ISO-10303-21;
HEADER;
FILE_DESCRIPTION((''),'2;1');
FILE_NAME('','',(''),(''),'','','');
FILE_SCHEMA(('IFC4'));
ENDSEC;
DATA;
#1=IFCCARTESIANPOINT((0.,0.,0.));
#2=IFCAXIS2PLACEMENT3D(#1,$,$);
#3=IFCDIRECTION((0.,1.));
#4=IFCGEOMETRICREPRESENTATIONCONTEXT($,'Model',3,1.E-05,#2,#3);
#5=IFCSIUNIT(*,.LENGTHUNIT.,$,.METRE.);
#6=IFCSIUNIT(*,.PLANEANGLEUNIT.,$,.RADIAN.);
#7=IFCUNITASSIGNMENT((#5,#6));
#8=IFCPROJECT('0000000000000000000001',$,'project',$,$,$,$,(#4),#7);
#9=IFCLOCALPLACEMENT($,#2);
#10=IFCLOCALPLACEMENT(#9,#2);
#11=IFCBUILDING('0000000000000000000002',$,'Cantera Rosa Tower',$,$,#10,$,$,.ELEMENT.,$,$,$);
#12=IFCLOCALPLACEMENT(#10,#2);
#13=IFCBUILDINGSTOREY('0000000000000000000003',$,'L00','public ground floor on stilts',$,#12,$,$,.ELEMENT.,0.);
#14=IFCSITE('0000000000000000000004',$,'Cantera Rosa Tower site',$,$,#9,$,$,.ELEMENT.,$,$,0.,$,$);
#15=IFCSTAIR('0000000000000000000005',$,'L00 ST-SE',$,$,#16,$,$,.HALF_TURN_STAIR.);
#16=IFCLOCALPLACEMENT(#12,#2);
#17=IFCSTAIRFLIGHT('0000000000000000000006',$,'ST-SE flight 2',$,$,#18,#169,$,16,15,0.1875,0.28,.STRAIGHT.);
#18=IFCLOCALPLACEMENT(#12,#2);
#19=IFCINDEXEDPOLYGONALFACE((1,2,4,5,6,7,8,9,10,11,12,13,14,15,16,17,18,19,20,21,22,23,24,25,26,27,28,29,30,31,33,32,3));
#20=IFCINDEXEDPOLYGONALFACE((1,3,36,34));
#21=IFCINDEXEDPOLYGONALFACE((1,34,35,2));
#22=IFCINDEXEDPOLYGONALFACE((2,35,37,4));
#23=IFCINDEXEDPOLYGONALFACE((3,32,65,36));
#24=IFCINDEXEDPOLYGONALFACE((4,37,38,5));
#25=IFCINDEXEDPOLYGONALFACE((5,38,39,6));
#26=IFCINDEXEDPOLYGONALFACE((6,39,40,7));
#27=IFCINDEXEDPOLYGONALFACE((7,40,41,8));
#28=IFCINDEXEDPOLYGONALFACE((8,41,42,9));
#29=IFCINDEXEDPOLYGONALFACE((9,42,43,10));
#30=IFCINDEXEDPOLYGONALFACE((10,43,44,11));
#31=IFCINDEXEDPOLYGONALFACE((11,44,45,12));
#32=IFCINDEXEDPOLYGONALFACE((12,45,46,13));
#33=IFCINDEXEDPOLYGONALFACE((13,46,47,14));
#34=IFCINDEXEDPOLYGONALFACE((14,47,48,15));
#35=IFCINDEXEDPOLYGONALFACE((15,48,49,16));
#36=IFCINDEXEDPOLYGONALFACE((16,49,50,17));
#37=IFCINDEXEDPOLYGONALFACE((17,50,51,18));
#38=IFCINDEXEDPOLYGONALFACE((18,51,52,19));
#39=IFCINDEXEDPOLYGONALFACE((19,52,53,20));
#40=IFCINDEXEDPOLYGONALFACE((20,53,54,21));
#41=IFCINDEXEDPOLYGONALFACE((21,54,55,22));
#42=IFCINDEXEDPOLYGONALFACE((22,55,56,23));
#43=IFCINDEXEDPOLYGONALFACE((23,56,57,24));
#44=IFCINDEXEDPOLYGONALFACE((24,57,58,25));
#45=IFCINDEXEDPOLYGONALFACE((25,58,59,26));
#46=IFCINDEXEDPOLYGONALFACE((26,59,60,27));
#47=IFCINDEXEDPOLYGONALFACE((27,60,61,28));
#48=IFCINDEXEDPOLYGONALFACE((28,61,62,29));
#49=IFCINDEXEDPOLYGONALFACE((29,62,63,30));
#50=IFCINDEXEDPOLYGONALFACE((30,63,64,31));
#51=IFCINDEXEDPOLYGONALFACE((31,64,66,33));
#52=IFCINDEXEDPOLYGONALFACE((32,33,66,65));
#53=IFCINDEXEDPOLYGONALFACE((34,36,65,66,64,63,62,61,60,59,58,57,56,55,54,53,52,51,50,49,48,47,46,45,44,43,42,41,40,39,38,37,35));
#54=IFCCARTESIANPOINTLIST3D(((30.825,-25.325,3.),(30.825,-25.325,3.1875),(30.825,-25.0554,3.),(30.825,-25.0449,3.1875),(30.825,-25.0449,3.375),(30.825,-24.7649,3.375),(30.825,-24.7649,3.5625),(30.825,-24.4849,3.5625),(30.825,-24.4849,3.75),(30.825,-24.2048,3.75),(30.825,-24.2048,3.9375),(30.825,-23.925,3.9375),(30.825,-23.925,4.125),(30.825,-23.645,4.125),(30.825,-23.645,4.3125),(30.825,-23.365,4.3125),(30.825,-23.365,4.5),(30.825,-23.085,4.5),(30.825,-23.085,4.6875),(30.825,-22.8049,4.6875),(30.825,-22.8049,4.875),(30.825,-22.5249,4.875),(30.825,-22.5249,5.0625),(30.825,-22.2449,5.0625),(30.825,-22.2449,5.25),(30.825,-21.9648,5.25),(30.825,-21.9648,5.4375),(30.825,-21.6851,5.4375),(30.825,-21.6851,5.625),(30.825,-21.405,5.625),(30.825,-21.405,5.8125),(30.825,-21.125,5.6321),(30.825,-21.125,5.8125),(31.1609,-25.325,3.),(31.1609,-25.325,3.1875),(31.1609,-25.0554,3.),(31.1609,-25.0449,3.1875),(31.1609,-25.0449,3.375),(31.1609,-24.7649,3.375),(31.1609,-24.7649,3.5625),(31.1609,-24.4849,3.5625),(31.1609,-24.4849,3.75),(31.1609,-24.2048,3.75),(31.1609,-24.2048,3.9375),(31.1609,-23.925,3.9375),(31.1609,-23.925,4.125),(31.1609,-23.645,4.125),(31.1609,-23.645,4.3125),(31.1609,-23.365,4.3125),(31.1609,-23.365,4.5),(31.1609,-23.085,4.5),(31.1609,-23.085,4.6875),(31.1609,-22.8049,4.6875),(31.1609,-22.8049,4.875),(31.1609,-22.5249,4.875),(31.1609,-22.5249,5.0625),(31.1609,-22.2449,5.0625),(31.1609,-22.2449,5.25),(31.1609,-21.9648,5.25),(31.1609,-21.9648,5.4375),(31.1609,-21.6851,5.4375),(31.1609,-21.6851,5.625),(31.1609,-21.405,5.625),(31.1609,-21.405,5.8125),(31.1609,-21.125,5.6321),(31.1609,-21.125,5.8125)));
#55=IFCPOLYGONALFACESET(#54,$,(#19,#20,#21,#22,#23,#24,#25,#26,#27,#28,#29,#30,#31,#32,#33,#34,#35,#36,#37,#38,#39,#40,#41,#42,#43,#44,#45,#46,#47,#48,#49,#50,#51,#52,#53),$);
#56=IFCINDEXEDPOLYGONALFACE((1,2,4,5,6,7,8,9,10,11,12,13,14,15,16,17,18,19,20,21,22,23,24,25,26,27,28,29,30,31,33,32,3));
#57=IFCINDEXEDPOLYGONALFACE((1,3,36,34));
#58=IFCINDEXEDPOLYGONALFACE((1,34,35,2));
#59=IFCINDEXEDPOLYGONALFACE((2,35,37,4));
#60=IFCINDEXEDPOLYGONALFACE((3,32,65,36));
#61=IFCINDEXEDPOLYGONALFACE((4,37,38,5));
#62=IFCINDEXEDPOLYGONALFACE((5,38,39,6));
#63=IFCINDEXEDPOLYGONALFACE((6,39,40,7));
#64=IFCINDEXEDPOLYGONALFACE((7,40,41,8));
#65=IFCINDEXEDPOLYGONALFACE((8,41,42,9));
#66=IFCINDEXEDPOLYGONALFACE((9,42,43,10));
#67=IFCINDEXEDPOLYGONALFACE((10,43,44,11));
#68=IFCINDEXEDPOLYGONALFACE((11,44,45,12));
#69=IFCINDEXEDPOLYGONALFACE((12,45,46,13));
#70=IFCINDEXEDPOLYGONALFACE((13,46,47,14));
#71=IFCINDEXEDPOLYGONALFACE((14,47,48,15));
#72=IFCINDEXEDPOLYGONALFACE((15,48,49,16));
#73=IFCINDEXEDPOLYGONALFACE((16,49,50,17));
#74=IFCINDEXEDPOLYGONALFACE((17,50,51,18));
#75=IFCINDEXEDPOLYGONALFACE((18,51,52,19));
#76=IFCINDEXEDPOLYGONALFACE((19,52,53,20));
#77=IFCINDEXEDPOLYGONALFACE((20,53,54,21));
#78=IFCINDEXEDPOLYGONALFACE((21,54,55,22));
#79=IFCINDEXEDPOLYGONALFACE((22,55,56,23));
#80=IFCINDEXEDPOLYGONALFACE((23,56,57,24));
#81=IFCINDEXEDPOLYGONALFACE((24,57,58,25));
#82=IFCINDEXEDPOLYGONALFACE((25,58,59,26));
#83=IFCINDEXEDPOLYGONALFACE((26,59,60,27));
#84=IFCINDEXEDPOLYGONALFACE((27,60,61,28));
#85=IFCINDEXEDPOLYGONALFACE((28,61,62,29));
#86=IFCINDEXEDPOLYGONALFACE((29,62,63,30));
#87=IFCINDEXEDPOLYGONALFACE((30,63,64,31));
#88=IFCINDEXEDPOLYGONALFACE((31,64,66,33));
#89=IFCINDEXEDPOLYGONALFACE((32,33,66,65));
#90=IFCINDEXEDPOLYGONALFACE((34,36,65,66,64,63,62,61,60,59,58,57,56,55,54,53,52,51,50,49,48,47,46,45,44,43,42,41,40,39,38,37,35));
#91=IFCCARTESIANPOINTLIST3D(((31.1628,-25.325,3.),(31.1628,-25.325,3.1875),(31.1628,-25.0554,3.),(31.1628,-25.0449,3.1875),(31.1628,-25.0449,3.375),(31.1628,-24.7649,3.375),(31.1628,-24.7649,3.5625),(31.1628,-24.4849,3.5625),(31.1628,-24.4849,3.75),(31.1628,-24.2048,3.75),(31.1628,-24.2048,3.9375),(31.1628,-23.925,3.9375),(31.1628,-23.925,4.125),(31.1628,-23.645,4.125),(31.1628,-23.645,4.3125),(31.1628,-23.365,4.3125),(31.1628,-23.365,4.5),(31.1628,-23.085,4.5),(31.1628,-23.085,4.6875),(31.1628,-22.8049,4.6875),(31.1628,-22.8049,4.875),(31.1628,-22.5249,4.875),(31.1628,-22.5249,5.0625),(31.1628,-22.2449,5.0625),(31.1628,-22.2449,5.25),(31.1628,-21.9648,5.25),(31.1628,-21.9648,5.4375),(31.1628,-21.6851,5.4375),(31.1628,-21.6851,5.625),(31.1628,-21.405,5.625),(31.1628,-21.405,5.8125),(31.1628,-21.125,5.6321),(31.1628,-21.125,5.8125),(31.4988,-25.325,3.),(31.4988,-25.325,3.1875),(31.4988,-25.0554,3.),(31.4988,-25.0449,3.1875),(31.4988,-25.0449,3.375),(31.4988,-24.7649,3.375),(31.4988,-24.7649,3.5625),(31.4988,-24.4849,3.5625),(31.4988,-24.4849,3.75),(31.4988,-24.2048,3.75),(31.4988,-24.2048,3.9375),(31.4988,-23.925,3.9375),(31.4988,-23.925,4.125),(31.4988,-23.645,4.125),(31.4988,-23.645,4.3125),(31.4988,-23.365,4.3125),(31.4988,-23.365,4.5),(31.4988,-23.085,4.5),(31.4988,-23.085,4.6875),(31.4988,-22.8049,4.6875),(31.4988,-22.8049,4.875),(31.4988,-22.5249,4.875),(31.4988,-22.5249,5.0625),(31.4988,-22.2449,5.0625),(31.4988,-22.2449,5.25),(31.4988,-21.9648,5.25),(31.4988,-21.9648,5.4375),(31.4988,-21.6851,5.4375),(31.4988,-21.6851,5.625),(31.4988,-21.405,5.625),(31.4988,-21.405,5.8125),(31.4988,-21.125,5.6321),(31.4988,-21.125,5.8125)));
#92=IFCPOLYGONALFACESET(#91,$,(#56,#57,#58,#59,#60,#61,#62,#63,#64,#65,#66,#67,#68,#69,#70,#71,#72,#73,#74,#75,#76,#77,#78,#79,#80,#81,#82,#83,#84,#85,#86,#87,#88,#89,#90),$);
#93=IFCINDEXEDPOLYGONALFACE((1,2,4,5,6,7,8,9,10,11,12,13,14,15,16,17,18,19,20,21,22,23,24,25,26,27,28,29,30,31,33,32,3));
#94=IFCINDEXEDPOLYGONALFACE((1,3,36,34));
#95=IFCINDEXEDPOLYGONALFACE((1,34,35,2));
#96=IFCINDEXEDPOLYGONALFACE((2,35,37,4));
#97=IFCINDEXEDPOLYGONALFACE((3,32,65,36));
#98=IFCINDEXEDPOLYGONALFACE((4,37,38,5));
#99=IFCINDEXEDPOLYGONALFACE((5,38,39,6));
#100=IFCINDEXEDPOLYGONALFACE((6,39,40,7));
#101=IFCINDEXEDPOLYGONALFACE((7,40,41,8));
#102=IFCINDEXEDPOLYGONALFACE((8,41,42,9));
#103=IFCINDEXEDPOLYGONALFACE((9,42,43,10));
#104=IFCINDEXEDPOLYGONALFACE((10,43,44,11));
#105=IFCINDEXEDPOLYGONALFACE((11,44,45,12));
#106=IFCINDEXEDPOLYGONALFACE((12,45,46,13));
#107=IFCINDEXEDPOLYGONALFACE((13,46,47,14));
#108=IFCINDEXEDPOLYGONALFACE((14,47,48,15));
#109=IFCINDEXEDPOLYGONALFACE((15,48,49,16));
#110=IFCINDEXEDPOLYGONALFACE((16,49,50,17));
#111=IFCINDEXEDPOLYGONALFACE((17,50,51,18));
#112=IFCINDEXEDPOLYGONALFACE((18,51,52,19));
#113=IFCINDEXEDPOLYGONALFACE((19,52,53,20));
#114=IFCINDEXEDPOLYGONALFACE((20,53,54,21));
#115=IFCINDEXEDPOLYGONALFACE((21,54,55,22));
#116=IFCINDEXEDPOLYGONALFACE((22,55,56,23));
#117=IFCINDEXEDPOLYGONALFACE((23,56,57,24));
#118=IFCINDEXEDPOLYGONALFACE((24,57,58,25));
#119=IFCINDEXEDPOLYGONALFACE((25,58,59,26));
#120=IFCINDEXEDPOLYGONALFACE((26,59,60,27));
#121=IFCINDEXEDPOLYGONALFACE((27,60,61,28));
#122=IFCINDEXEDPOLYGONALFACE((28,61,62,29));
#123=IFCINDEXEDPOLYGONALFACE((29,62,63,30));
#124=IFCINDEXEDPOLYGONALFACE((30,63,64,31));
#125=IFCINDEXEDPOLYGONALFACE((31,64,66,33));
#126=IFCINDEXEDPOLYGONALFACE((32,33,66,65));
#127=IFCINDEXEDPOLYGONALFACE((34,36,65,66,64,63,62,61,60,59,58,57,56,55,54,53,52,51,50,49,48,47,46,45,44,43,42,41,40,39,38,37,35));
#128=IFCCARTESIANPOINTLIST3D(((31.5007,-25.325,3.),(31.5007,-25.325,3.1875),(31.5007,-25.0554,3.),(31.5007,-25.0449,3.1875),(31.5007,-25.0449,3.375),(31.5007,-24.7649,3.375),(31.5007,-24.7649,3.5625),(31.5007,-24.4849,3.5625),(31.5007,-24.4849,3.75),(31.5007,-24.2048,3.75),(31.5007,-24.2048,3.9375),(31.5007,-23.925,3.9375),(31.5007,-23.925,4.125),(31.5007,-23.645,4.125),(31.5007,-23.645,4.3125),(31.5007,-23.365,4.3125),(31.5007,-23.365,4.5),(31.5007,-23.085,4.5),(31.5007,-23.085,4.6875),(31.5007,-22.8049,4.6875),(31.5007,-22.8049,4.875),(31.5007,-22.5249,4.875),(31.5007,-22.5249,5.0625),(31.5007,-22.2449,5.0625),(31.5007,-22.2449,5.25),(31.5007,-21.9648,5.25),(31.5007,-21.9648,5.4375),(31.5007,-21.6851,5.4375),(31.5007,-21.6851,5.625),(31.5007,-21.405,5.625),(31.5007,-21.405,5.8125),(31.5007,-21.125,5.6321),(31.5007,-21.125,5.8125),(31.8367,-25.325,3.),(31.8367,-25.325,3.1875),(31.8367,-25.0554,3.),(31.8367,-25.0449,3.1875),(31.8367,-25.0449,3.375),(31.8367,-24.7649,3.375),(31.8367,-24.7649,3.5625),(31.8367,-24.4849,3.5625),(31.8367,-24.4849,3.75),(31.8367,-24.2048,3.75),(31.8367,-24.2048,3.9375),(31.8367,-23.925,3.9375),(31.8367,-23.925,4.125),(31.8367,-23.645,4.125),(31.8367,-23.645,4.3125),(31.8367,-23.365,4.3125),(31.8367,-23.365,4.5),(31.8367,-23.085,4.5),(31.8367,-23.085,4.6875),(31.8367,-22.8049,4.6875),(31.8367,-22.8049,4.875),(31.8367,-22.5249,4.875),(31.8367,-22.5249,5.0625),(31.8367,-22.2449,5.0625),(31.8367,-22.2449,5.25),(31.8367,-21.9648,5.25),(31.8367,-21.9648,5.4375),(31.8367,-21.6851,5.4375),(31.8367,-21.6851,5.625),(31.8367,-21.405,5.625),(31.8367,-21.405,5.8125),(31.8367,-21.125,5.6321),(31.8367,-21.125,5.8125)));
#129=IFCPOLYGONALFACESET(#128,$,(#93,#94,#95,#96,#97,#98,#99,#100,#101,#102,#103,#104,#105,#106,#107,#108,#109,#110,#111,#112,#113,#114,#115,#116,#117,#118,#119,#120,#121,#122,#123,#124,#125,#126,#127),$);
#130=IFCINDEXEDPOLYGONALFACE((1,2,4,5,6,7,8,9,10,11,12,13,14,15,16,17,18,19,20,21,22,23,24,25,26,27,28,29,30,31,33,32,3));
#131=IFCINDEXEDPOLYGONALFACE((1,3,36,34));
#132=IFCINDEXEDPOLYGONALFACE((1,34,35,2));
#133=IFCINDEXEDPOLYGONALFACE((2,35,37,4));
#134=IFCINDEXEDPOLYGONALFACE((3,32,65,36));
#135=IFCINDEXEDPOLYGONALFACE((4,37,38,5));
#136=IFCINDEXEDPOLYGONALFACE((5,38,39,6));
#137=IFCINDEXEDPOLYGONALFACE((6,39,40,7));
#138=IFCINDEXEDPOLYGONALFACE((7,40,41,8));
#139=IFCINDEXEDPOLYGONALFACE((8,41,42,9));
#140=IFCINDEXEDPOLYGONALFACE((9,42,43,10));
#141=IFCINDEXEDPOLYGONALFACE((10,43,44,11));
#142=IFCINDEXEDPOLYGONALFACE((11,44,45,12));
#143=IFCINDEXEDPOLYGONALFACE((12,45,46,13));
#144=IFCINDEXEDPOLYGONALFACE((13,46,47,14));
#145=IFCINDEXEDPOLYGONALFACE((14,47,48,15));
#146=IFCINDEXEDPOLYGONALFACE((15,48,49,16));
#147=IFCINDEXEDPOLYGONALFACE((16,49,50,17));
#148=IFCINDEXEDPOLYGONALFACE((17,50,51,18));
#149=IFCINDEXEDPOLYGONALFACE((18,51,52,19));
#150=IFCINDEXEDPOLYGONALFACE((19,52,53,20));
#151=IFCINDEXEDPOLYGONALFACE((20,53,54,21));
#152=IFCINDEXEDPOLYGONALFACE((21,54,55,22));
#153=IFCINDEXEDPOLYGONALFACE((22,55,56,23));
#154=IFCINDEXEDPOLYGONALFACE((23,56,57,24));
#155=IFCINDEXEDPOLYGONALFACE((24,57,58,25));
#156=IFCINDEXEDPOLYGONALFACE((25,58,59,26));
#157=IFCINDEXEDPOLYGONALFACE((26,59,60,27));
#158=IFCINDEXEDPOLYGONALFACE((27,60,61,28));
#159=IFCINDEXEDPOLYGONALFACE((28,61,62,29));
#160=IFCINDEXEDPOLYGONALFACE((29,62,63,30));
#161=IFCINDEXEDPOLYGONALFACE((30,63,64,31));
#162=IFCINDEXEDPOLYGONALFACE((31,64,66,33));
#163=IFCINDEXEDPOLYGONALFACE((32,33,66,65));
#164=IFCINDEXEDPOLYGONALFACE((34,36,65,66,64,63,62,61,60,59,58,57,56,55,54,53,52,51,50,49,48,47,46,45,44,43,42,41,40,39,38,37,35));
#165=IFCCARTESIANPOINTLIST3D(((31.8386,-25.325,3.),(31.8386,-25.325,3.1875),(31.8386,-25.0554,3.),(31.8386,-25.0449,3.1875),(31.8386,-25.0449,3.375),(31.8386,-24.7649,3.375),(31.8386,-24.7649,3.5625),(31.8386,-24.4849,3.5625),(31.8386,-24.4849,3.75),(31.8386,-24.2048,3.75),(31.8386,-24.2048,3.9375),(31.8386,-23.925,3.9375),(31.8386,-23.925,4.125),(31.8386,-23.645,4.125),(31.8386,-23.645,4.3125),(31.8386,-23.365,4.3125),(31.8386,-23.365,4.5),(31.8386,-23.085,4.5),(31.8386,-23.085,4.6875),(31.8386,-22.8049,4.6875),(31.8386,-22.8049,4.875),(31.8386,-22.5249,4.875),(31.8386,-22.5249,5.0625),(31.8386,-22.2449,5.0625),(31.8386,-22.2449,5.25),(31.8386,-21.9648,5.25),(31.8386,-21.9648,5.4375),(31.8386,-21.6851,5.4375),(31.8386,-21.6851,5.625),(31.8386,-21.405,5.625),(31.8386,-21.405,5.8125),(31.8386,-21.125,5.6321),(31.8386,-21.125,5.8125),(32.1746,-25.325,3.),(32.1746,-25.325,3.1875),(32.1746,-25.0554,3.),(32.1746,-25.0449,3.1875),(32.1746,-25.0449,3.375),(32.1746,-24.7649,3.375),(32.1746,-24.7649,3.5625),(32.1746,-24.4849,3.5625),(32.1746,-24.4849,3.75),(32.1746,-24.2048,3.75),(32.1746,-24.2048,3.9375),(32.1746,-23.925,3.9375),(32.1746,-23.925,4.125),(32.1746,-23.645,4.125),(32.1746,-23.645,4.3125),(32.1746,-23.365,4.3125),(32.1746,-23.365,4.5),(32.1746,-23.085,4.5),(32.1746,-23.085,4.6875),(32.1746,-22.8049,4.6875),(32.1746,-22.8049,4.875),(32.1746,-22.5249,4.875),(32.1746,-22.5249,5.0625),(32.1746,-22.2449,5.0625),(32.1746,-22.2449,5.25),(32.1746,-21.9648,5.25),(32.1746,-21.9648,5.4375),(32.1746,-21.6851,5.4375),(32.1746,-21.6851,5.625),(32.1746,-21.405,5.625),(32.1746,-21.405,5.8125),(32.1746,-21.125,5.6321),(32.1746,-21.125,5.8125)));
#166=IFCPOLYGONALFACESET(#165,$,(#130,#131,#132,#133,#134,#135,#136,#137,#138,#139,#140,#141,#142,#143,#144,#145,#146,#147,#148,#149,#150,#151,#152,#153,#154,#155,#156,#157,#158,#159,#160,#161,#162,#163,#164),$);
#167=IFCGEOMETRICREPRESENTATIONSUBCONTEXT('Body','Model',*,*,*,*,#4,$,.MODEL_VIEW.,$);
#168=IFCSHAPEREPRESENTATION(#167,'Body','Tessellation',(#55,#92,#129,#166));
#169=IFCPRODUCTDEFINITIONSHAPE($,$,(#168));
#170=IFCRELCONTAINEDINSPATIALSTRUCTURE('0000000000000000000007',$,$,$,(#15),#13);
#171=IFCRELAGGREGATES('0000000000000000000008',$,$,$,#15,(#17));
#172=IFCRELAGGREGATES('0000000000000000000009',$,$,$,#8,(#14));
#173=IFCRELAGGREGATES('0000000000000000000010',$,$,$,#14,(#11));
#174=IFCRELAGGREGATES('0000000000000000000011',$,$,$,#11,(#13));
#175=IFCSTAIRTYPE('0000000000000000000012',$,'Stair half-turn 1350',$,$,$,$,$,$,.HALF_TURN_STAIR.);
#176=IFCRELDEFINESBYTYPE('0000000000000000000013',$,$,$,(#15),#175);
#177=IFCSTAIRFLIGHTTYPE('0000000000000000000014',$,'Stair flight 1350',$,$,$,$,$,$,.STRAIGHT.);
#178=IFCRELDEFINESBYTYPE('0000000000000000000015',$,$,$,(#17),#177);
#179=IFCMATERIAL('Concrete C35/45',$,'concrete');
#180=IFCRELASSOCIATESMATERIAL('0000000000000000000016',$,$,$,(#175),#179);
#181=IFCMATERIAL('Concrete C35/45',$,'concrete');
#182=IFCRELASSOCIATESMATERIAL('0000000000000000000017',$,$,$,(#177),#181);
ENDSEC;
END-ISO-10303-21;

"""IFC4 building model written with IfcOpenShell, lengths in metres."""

from ifc_helpers import new_model, si_unit, direction, frame, origin, place, context, subcontext, project, spatial, polyline, outline, extrude, material, type_object, element, aggregate, save


model = new_model("IFC4")

# Units and contexts
model_context = context("Model", 3, precision=1e-05, world=origin(), true_north=direction((0.0, 1.0)))
body_context = subcontext(model_context, "Body", "Model", "MODEL_VIEW")
ifc_project = project(units=[si_unit("LENGTHUNIT", "METRE"), si_unit("PLANEANGLEUNIT", "RADIAN")], contexts=[model_context])

# Site, building, storey
site_placement = place(None, origin())
site = spatial("IfcSite", under=ifc_project, at=site_placement, Name="Cantera Rosa Tower site", CompositionType="ELEMENT", RefElevation=0.0)
building_placement = place(site_placement, origin())
building = spatial("IfcBuilding", under=site, at=building_placement, Name="Cantera Rosa Tower", CompositionType="ELEMENT")
storey_placement = place(building_placement, origin())
storey = spatial("IfcBuildingStorey", under=building, at=storey_placement, Name="L00", Description="public ground floor on stilts", CompositionType="ELEMENT", Elevation=0.0)

# Stair, stair flight
ifc_material_1 = material(Name="Concrete C35/45", Category="concrete")
stair_type = type_object("IfcStairType", Name="Stair half-turn 1350", PredefinedType="HALF_TURN_STAIR", material=ifc_material_1)
stair_placement = place(storey_placement, origin())
stair = element("IfcStair", 1, at=stair_placement, inside=storey, type_object=stair_type, Name="L00 ST-SE", PredefinedType="HALF_TURN_STAIR")
ifc_material_2 = material(Name="Concrete C35/45", Category="concrete")
stair_flight_type = type_object("IfcStairFlightType", Name="Stair flight 1350", PredefinedType="STRAIGHT", material=ifc_material_2)
stair_flight_1_placement = place(storey_placement, frame((31.5, -25.325, 3.0), z_axis=(0.0, 0.0, 1.0), x_axis=(0.0, 1.0, 0.0)))
stair_flight_1 = element("IfcStairFlight", 2, at=stair_flight_1_placement, type_object=stair_flight_type, Name="ST-SE flight 2", NumberOfRisers=16, NumberOfTreads=15, PredefinedType="STRAIGHT", RiserHeight=0.1875, TreadLength=0.28, context=body_context, shape_type="SweptSolid", body=[
    extrude(outline(polyline([(0.0, 0.0), (0.0, 0.1875), (0.28, 0.1875), (0.28, 0.375), (0.5601, 0.375), (0.5601, 0.5625), (0.8401, 0.5625), (0.8401, 0.75), (1.1201, 0.75), (1.1201, 0.9375), (1.3999, 0.9375), (1.3999, 1.125), (1.6799, 1.125), (1.6799, 1.3125), (1.96, 1.3125), (1.96, 1.5), (2.24, 1.5), (2.24, 1.6875), (2.52, 1.6875), (2.52, 1.875), (2.8, 1.875), (2.8, 2.0625), (3.0801, 2.0625), (3.0801, 2.25), (3.3601, 2.25), (3.3601, 2.4375), (3.6399, 2.4375), (3.6399, 2.625), (3.9199, 2.625), (3.9199, 2.8125), (4.2, 2.8125), (4.2, 3.0), (4.2, 2.6321), (0.2695, 0.0), (0.0, 0.0)])), frame((0.0, 0.675, 0.0), z_axis=(0.0, -1.0, 0.0), x_axis=(1.0, 0.0, 0.0)), (0.0, 0.0, 1.0), 0.3359),
    extrude(outline(polyline([(0.0, 0.0), (0.0, 0.1875), (0.28, 0.1875), (0.28, 0.375), (0.5601, 0.375), (0.5601, 0.5625), (0.8401, 0.5625), (0.8401, 0.75), (1.1201, 0.75), (1.1201, 0.9375), (1.3999, 0.9375), (1.3999, 1.125), (1.6799, 1.125), (1.6799, 1.3125), (1.96, 1.3125), (1.96, 1.5), (2.24, 1.5), (2.24, 1.6875), (2.52, 1.6875), (2.52, 1.875), (2.8, 1.875), (2.8, 2.0625), (3.0801, 2.0625), (3.0801, 2.25), (3.3601, 2.25), (3.3601, 2.4375), (3.6399, 2.4375), (3.6399, 2.625), (3.9199, 2.625), (3.9199, 2.8125), (4.2, 2.8125), (4.2, 3.0), (4.2, 2.6321), (0.2695, 0.0), (0.0, 0.0)])), frame((0.0, 0.3372, 0.0), z_axis=(0.0, -1.0, 0.0), x_axis=(1.0, 0.0, 0.0)), (0.0, 0.0, 1.0), 0.3359),
    extrude(outline(polyline([(0.0, 0.0), (0.0, 0.1875), (0.28, 0.1875), (0.28, 0.375), (0.5601, 0.375), (0.5601, 0.5625), (0.8401, 0.5625), (0.8401, 0.75), (1.1201, 0.75), (1.1201, 0.9375), (1.3999, 0.9375), (1.3999, 1.125), (1.6799, 1.125), (1.6799, 1.3125), (1.96, 1.3125), (1.96, 1.5), (2.24, 1.5), (2.24, 1.6875), (2.52, 1.6875), (2.52, 1.875), (2.8, 1.875), (2.8, 2.0625), (3.0801, 2.0625), (3.0801, 2.25), (3.3601, 2.25), (3.3601, 2.4375), (3.6399, 2.4375), (3.6399, 2.625), (3.9199, 2.625), (3.9199, 2.8125), (4.2, 2.8125), (4.2, 3.0), (4.2, 2.6321), (0.2695, 0.0), (0.0, 0.0)])), frame((0.0, -0.0007, 0.0), z_axis=(0.0, -1.0, 0.0), x_axis=(1.0, 0.0, 0.0)), (0.0, 0.0, 1.0), 0.3359),
    extrude(outline(polyline([(0.0, 0.0), (0.0, 0.1875), (0.28, 0.1875), (0.28, 0.375), (0.5601, 0.375), (0.5601, 0.5625), (0.8401, 0.5625), (0.8401, 0.75), (1.1201, 0.75), (1.1201, 0.9375), (1.3999, 0.9375), (1.3999, 1.125), (1.6799, 1.125), (1.6799, 1.3125), (1.96, 1.3125), (1.96, 1.5), (2.24, 1.5), (2.24, 1.6875), (2.52, 1.6875), (2.52, 1.875), (2.8, 1.875), (2.8, 2.0625), (3.0801, 2.0625), (3.0801, 2.25), (3.3601, 2.25), (3.3601, 2.4375), (3.6399, 2.4375), (3.6399, 2.625), (3.9199, 2.625), (3.9199, 2.8125), (4.2, 2.8125), (4.2, 3.0), (4.2, 2.6321), (0.2695, 0.0), (0.0, 0.0)])), frame((0.0, -0.3386, 0.0), z_axis=(0.0, -1.0, 0.0), x_axis=(1.0, 0.0, 0.0)), (0.0, 0.0, 1.0), 0.3359),
])
aggregate(stair, [stair_flight_1])

save(model, "model.ifc")
